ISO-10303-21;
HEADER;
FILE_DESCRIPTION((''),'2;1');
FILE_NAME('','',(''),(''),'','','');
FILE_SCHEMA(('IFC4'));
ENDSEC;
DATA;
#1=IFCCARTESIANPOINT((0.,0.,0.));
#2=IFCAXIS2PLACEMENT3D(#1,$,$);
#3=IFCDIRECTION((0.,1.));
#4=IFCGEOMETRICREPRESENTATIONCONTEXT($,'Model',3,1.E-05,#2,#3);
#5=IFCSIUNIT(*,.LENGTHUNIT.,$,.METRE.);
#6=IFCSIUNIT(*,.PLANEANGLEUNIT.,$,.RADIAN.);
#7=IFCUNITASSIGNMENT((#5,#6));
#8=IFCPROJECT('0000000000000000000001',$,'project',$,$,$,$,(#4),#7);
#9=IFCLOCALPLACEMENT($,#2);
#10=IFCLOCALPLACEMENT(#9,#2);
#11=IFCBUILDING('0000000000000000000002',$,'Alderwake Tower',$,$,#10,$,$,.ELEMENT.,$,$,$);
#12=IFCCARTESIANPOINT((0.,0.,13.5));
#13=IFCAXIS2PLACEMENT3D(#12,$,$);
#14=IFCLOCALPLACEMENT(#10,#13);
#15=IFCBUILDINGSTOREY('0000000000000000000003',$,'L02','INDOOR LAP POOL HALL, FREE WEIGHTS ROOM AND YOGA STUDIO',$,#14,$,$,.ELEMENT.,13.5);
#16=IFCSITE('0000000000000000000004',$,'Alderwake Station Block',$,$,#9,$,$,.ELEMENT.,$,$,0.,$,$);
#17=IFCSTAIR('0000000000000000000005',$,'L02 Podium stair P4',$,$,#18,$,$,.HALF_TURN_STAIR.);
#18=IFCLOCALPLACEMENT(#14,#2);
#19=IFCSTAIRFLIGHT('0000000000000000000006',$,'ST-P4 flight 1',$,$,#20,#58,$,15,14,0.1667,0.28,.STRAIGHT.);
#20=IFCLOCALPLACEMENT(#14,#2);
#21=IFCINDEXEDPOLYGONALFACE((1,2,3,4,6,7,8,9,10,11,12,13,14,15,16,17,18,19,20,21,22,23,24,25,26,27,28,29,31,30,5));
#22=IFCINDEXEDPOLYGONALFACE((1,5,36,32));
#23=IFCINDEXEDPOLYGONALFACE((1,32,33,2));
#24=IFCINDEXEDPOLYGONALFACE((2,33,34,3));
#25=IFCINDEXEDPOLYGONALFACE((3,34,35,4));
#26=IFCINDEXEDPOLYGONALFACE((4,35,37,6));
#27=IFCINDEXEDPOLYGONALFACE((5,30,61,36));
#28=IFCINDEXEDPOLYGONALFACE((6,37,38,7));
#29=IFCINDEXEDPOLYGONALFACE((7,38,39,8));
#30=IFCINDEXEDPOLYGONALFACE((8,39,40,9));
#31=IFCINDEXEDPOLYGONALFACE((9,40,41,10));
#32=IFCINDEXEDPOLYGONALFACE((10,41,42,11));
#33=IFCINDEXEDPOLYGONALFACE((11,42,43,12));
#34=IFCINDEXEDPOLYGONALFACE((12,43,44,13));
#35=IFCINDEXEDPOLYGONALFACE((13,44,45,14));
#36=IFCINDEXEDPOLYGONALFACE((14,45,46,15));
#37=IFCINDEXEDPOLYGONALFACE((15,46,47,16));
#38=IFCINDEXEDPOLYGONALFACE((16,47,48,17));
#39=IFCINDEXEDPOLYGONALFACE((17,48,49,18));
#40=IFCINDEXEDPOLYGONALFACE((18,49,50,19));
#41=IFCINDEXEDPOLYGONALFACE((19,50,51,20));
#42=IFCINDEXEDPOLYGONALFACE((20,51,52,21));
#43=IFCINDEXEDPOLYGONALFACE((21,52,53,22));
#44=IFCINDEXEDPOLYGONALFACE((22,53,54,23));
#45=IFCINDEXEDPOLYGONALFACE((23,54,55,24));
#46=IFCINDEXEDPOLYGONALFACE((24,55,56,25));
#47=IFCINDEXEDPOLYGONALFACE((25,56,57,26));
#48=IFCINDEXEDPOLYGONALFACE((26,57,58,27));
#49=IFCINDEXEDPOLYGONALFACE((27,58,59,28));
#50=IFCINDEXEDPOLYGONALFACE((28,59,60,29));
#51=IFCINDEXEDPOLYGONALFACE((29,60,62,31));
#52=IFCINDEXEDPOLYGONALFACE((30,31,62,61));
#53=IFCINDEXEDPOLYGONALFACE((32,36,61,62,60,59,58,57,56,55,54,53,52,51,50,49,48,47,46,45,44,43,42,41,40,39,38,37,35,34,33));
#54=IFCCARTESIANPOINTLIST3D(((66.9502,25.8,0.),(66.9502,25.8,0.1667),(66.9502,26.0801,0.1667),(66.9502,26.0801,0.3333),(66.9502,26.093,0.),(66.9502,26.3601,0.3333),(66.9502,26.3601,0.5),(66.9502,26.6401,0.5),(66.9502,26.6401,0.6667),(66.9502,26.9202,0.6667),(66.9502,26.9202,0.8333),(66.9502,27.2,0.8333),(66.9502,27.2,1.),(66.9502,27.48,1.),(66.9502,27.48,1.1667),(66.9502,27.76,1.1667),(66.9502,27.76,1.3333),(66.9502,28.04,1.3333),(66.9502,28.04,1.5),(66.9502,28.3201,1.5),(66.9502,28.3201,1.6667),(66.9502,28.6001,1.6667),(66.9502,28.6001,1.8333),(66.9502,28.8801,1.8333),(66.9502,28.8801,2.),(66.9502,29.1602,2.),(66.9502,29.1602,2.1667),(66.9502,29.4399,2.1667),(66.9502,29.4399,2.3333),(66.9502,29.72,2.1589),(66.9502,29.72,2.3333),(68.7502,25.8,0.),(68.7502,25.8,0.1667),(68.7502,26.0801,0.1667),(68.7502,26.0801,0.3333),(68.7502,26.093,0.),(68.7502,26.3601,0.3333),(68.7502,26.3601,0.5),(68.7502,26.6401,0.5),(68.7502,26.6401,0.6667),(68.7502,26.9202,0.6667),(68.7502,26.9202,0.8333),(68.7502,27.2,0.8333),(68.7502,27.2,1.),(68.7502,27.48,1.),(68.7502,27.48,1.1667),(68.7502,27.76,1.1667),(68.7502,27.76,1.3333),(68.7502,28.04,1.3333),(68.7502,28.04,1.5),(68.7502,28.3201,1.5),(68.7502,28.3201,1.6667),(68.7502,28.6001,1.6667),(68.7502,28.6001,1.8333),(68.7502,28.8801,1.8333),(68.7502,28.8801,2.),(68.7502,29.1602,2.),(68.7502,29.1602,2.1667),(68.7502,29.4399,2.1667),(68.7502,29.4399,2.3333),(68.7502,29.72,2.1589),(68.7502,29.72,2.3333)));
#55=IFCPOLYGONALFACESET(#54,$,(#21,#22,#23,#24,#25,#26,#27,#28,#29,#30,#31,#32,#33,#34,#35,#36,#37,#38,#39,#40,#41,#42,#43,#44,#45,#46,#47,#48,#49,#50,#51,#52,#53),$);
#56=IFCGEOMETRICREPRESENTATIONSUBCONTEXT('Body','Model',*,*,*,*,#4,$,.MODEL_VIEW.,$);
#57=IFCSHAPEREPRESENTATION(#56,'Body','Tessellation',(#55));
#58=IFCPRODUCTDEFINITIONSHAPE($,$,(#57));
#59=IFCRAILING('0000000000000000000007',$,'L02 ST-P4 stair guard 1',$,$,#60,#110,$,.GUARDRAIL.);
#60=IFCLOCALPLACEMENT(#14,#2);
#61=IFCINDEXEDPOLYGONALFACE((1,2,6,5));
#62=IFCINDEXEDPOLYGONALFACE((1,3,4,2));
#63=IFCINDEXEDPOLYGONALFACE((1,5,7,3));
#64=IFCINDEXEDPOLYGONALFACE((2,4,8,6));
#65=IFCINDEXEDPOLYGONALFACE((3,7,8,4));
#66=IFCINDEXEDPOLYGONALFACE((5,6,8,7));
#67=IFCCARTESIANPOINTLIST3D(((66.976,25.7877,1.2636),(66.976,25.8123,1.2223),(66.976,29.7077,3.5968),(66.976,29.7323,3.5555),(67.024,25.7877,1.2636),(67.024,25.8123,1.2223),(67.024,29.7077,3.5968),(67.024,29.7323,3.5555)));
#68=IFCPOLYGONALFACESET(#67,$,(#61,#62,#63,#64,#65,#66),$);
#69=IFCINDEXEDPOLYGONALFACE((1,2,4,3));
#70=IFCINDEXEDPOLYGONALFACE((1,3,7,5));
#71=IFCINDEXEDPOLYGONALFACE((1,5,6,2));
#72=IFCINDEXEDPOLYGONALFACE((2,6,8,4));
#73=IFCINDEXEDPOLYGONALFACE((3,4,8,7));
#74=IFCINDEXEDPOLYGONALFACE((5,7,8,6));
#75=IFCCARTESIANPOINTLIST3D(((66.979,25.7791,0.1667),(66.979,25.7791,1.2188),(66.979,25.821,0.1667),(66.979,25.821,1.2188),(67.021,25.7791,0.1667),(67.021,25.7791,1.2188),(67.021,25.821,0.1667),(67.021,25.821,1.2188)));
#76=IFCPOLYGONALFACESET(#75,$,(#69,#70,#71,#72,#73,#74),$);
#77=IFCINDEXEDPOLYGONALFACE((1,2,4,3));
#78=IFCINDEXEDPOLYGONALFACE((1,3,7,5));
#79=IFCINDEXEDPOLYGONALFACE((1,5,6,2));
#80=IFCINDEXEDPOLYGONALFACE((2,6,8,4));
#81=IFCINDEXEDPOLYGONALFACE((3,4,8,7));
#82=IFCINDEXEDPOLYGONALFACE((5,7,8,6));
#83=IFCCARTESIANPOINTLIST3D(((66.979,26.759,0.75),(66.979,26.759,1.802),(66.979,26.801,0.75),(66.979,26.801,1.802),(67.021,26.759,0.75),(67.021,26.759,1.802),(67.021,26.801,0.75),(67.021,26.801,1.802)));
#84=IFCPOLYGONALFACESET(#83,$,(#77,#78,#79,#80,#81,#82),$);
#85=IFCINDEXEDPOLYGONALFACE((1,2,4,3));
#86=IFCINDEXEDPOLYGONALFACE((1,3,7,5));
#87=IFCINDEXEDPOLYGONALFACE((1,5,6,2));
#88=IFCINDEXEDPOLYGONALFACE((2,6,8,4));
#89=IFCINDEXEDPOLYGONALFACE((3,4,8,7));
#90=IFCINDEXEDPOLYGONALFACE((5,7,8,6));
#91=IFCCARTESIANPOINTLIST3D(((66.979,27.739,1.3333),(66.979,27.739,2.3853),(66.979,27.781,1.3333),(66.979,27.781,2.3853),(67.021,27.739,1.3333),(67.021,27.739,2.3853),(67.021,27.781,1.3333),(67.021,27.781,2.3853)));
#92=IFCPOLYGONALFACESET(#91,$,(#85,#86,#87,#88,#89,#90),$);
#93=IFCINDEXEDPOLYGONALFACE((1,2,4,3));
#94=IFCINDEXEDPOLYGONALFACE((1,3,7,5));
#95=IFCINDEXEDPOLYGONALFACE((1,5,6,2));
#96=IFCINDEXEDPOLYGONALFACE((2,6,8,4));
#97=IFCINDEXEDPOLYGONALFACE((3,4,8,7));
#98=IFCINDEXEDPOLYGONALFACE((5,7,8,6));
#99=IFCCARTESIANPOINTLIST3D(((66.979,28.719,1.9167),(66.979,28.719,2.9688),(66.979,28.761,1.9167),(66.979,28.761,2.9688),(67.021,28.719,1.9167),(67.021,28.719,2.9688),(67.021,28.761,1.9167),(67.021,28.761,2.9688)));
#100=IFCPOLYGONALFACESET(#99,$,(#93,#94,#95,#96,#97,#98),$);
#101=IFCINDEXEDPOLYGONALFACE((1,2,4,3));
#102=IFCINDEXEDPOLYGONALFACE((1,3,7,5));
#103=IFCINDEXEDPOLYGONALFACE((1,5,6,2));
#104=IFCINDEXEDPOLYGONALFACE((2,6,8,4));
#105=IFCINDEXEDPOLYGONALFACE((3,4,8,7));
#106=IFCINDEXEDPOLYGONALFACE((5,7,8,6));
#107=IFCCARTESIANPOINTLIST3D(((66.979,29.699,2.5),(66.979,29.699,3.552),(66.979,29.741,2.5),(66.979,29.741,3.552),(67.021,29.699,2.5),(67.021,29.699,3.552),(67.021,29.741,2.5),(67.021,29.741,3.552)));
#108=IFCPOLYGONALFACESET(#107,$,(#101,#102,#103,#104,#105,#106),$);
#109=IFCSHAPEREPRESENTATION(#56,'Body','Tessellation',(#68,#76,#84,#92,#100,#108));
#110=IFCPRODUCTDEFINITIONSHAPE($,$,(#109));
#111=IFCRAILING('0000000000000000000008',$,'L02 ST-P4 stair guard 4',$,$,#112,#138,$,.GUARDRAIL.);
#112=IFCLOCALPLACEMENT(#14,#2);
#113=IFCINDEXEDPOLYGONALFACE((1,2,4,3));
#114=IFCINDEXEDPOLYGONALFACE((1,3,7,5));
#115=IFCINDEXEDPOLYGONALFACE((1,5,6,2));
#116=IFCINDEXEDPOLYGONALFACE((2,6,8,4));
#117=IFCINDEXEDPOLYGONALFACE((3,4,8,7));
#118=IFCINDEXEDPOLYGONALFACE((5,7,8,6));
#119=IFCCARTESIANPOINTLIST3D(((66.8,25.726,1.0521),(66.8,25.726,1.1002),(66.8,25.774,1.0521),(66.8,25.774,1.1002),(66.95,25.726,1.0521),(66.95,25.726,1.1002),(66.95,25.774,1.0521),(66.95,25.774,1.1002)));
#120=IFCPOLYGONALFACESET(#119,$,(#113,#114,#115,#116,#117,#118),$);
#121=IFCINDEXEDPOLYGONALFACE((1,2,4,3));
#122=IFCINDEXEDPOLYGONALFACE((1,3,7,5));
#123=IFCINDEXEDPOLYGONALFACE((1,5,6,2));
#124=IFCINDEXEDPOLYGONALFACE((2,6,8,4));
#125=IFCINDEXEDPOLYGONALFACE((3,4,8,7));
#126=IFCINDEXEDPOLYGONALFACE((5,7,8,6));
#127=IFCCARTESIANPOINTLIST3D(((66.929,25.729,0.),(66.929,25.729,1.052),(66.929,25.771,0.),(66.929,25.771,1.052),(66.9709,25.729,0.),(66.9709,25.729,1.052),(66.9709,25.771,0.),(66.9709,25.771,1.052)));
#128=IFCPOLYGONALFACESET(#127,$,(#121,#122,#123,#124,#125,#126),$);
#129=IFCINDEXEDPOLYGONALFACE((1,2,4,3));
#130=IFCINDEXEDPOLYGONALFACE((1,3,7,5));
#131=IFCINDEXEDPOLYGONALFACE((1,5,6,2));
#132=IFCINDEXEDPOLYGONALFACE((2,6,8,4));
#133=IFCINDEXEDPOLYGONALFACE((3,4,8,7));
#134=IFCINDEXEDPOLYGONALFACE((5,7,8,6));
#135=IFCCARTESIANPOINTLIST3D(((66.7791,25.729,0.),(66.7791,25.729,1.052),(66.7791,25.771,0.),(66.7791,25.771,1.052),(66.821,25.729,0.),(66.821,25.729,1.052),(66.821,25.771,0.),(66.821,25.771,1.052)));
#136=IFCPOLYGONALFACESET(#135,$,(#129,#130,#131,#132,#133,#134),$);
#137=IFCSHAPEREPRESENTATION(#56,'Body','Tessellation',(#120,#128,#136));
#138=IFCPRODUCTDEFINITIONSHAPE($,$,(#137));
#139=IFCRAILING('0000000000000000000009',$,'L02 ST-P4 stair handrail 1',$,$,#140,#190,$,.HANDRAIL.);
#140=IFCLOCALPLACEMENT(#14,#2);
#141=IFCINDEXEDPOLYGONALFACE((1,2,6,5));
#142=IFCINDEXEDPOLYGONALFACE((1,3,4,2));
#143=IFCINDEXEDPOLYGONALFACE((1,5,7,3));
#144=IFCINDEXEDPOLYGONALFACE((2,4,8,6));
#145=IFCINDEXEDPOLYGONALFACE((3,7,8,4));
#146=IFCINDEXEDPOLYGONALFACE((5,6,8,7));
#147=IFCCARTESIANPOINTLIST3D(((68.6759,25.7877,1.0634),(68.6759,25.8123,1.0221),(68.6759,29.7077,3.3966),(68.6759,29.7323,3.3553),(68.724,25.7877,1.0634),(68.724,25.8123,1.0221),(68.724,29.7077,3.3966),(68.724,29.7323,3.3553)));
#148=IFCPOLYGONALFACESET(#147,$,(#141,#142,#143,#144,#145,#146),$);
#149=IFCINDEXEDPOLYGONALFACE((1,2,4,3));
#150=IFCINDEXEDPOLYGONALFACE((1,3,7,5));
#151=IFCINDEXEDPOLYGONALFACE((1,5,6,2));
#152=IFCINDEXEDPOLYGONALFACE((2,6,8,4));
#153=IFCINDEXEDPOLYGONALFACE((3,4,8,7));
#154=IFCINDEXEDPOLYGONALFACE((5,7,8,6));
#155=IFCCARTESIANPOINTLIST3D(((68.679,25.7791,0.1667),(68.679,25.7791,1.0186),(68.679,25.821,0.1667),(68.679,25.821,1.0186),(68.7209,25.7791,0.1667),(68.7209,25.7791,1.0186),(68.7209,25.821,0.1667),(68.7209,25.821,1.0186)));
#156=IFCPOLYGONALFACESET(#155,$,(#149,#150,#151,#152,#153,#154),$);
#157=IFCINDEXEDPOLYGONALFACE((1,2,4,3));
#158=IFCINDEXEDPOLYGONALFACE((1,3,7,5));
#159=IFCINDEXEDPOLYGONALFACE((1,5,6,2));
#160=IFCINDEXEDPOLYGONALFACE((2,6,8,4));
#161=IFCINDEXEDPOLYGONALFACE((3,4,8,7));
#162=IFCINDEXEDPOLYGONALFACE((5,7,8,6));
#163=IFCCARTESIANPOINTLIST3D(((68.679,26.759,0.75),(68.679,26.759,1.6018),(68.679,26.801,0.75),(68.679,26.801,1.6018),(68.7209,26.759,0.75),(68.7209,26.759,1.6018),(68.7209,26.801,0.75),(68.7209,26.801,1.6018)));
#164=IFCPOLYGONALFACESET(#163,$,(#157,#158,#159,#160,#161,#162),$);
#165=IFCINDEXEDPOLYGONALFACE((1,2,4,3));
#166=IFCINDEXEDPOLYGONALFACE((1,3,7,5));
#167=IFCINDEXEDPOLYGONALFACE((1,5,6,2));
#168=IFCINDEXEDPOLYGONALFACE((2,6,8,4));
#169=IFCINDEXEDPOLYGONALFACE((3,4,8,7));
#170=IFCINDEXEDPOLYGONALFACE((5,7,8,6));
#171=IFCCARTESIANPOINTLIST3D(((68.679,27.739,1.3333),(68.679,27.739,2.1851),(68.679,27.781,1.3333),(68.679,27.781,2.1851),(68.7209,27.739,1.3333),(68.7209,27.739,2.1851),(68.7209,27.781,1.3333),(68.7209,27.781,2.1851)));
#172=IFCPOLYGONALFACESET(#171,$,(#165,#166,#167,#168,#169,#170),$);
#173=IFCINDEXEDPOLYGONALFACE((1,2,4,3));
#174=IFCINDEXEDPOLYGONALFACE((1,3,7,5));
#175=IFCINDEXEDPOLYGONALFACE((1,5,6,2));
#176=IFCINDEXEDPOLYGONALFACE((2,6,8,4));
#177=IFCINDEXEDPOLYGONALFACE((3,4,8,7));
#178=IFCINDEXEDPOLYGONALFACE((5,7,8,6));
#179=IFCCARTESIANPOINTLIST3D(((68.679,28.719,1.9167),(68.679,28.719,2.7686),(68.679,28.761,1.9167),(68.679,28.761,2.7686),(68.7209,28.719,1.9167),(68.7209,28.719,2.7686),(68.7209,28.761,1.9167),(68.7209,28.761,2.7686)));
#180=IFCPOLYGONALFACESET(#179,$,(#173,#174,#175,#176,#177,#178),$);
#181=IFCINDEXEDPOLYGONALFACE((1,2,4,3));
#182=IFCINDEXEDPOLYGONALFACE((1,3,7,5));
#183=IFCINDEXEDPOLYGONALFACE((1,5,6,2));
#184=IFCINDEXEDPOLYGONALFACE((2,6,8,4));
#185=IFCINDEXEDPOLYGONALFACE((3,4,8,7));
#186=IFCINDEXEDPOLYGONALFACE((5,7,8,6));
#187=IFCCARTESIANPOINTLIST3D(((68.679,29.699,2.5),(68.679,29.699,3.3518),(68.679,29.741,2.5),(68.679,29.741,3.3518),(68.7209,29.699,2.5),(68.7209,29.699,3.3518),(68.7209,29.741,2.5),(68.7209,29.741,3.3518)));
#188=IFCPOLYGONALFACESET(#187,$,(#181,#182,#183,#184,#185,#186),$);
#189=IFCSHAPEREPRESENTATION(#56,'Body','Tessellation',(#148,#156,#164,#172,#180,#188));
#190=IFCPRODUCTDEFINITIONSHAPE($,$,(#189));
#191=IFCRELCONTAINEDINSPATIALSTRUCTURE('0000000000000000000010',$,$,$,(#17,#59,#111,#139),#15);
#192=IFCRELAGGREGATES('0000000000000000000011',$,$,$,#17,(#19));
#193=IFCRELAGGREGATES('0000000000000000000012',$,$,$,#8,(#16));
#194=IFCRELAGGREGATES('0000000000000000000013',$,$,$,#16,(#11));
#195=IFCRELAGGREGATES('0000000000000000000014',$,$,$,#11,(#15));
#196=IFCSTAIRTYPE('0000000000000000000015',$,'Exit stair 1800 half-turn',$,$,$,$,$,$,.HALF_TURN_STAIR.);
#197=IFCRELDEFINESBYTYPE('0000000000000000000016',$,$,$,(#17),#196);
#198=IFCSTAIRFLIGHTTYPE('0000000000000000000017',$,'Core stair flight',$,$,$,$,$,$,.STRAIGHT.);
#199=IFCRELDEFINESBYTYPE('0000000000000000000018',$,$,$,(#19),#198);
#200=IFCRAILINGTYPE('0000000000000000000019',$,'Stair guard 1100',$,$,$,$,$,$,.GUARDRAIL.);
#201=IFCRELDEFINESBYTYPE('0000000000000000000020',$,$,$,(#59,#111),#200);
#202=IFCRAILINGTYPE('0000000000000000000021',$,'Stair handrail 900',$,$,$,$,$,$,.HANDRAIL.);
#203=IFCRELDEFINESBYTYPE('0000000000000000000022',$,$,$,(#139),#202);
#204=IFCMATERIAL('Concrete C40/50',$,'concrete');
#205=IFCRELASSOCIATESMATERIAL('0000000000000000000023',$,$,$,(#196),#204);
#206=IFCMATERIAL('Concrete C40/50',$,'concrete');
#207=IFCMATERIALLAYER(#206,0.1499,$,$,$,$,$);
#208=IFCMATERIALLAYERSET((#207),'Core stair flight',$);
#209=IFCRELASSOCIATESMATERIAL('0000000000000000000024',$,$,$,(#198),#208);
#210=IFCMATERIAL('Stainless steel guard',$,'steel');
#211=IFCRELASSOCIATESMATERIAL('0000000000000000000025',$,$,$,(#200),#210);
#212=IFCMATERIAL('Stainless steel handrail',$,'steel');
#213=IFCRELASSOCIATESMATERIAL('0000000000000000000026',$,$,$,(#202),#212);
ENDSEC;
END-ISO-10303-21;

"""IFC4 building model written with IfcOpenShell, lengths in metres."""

from ifc_helpers import new_model, si_unit, direction, frame, origin, origin_2d, place, context, subcontext, project, spatial, polyline, rectangle, outline, extrude, material, layer, layer_set, type_object, element, aggregate, save


model = new_model("IFC4")

# Units and contexts
model_context = context("Model", 3, precision=1e-05, world=origin(), true_north=direction((0.0, 1.0)))
body_context = subcontext(model_context, "Body", "Model", "MODEL_VIEW")
ifc_project = project(units=[si_unit("LENGTHUNIT", "METRE"), si_unit("PLANEANGLEUNIT", "RADIAN")], contexts=[model_context])

# Site, building, storey
site_placement = place(None, origin())
site = spatial("IfcSite", under=ifc_project, at=site_placement, Name="Alderwake Station Block", CompositionType="ELEMENT", RefElevation=0.0)
building_placement = place(site_placement, origin())
building = spatial("IfcBuilding", under=site, at=building_placement, Name="Alderwake Tower", CompositionType="ELEMENT")
storey_placement = place(building_placement, frame((0.0, 0.0, 13.5)))
storey = spatial("IfcBuildingStorey", under=building, at=storey_placement, Name="L02", Description="INDOOR LAP POOL HALL, FREE WEIGHTS ROOM AND YOGA STUDIO", CompositionType="ELEMENT", Elevation=13.5)

# Stair, stair flight
ifc_material_1 = material(Name="Concrete C40/50", Category="concrete")
stair_type = type_object("IfcStairType", Name="Exit stair 1800 half-turn", PredefinedType="HALF_TURN_STAIR", material=ifc_material_1)
stair_placement = place(storey_placement, origin())
stair = element("IfcStair", 1, at=stair_placement, inside=storey, type_object=stair_type, Name="L02 Podium stair P4", PredefinedType="HALF_TURN_STAIR")
ifc_material_2 = material(Name="Concrete C40/50", Category="concrete")
ifc_layer_1 = layer(ifc_material_2, 0.1499)
ifc_layer_set_1 = layer_set([ifc_layer_1], Name="Core stair flight")
stair_flight_type = type_object("IfcStairFlightType", Name="Core stair flight", PredefinedType="STRAIGHT", material=ifc_layer_set_1)
stair_flight_placement = place(storey_placement, frame((67.8501, 25.8, 0.0), z_axis=(0.0, 0.0, 1.0), x_axis=(0.0, 1.0, 0.0)))
stair_flight = element("IfcStairFlight", 2, at=stair_flight_placement, type_object=stair_flight_type, Name="ST-P4 flight 1", NumberOfRisers=15, NumberOfTreads=14, PredefinedType="STRAIGHT", RiserHeight=0.1667, TreadLength=0.28, context=body_context, shape_type="SweptSolid", body=[
    extrude(outline(polyline([(0.0, 0.0), (0.0, 0.1667), (0.28, 0.1667), (0.28, 0.3333), (0.5601, 0.3333), (0.5601, 0.5), (0.8401, 0.5), (0.8401, 0.6667), (1.1201, 0.6667), (1.1201, 0.8333), (1.3999, 0.8333), (1.3999, 1.0), (1.6799, 1.0), (1.6799, 1.1667), (1.96, 1.1667), (1.96, 1.3333), (2.24, 1.3333), (2.24, 1.5), (2.52, 1.5), (2.52, 1.6667), (2.8, 1.6667), (2.8, 1.8333), (3.0801, 1.8333), (3.0801, 2.0), (3.3601, 2.0), (3.3601, 2.1667), (3.6399, 2.1667), (3.6399, 2.3333), (3.9199, 2.3333), (3.9199, 2.5), (3.9199, 2.1589), (0.293, 0.0), (0.0, 0.0)])), frame((0.0, 0.8999, 0.0), z_axis=(0.0, -1.0, 0.0), x_axis=(1.0, 0.0, 0.0)), (0.0, 0.0, 1.0), 1.8),
])
aggregate(stair, [stair_flight])

# Railings
ifc_material_3 = material(Name="Stainless steel guard", Category="steel")
railing_type_1 = type_object("IfcRailingType", Name="Stair guard 1100", PredefinedType="GUARDRAIL", material=ifc_material_3)
railing_1_placement = place(storey_placement, frame((67.0, 25.8, 0.1667)))
element("IfcRailing", 3, at=railing_1_placement, inside=storey, type_object=railing_type_1, Name="L02 ST-P4 stair guard 1", PredefinedType="GUARDRAIL", context=body_context, shape_type="SweptSolid", body=[
    extrude(rectangle(XDim=0.0481, YDim=0.0481, at=origin_2d()), frame((0.0, 0.0, 1.0762), z_axis=(0.0, 0.859296, 0.511478), x_axis=(-1.0, 0.0, 0.0)), (0.0, 0.0, 1.0), 4.5618),
    extrude(rectangle(XDim=0.042, YDim=0.042, at=origin_2d()), frame((0.0, 0.0, 0.0), z_axis=(0.0, 0.0, 1.0), x_axis=(0.0, 1.0, 0.0)), (0.0, 0.0, 1.0), 1.052),
    extrude(rectangle(XDim=0.042, YDim=0.042, at=origin_2d()), frame((0.0, 0.98, 0.5833), z_axis=(0.0, 0.0, 1.0), x_axis=(0.0, 1.0, 0.0)), (0.0, 0.0, 1.0), 1.052),
    extrude(rectangle(XDim=0.042, YDim=0.042, at=origin_2d()), frame((0.0, 1.96, 1.1665), z_axis=(0.0, 0.0, 1.0), x_axis=(0.0, 1.0, 0.0)), (0.0, 0.0, 1.0), 1.052),
    extrude(rectangle(XDim=0.042, YDim=0.042, at=origin_2d()), frame((0.0, 2.9399, 1.75), z_axis=(0.0, 0.0, 1.0), x_axis=(0.0, 1.0, 0.0)), (0.0, 0.0, 1.0), 1.052),
    extrude(rectangle(XDim=0.042, YDim=0.042, at=origin_2d()), frame((0.0, 3.9199, 2.3333), z_axis=(0.0, 0.0, 1.0), x_axis=(0.0, 1.0, 0.0)), (0.0, 0.0, 1.0), 1.052),
])
railing_2_placement = place(storey_placement, frame((66.95, 25.75, 0.0)))
element("IfcRailing", 4, at=railing_2_placement, inside=storey, type_object=railing_type_1, Name="L02 ST-P4 stair guard 4", PredefinedType="GUARDRAIL", context=body_context, shape_type="SweptSolid", body=[
    extrude(rectangle(XDim=0.0481, YDim=0.0481, at=origin_2d()), frame((0.0, 0.0, 1.0762), z_axis=(-1.0, 0.0, 0.0), x_axis=(0.0, -1.0, 0.0)), (0.0, 0.0, 1.0), 0.1499),
    extrude(rectangle(XDim=0.042, YDim=0.042, at=origin_2d()), frame((0.0, 0.0, 0.0), z_axis=(0.0, 0.0, 1.0), x_axis=(-1.0, 0.0, 0.0)), (0.0, 0.0, 1.0), 1.052),
    extrude(rectangle(XDim=0.042, YDim=0.042, at=origin_2d()), frame((-0.1499, 0.0, 0.0), z_axis=(0.0, 0.0, 1.0), x_axis=(-1.0, 0.0, 0.0)), (0.0, 0.0, 1.0), 1.052),
])
ifc_material_4 = material(Name="Stainless steel handrail", Category="steel")
railing_type_2 = type_object("IfcRailingType", Name="Stair handrail 900", PredefinedType="HANDRAIL", material=ifc_material_4)
railing_3_placement = place(storey_placement, frame((68.7, 25.8, 0.1667)))
element("IfcRailing", 5, at=railing_3_placement, inside=storey, type_object=railing_type_2, Name="L02 ST-P4 stair handrail 1", PredefinedType="HANDRAIL", context=body_context, shape_type="SweptSolid", body=[
    extrude(rectangle(XDim=0.0481, YDim=0.0481, at=origin_2d()), frame((0.0, 0.0, 0.876), z_axis=(0.0, 0.859296, 0.511478), x_axis=(-1.0, 0.0, 0.0)), (0.0, 0.0, 1.0), 4.5618),
    extrude(rectangle(XDim=0.042, YDim=0.042, at=origin_2d()), frame((0.0, 0.0, 0.0), z_axis=(0.0, 0.0, 1.0), x_axis=(0.0, 1.0, 0.0)), (0.0, 0.0, 1.0), 0.8518),
    extrude(rectangle(XDim=0.042, YDim=0.042, at=origin_2d()), frame((0.0, 0.98, 0.5833), z_axis=(0.0, 0.0, 1.0), x_axis=(0.0, 1.0, 0.0)), (0.0, 0.0, 1.0), 0.8518),
    extrude(rectangle(XDim=0.042, YDim=0.042, at=origin_2d()), frame((0.0, 1.96, 1.1665), z_axis=(0.0, 0.0, 1.0), x_axis=(0.0, 1.0, 0.0)), (0.0, 0.0, 1.0), 0.8518),
    extrude(rectangle(XDim=0.042, YDim=0.042, at=origin_2d()), frame((0.0, 2.9399, 1.75), z_axis=(0.0, 0.0, 1.0), x_axis=(0.0, 1.0, 0.0)), (0.0, 0.0, 1.0), 0.8518),
    extrude(rectangle(XDim=0.042, YDim=0.042, at=origin_2d()), frame((0.0, 3.9199, 2.3333), z_axis=(0.0, 0.0, 1.0), x_axis=(0.0, 1.0, 0.0)), (0.0, 0.0, 1.0), 0.8518),
])

save(model, "model.ifc")
